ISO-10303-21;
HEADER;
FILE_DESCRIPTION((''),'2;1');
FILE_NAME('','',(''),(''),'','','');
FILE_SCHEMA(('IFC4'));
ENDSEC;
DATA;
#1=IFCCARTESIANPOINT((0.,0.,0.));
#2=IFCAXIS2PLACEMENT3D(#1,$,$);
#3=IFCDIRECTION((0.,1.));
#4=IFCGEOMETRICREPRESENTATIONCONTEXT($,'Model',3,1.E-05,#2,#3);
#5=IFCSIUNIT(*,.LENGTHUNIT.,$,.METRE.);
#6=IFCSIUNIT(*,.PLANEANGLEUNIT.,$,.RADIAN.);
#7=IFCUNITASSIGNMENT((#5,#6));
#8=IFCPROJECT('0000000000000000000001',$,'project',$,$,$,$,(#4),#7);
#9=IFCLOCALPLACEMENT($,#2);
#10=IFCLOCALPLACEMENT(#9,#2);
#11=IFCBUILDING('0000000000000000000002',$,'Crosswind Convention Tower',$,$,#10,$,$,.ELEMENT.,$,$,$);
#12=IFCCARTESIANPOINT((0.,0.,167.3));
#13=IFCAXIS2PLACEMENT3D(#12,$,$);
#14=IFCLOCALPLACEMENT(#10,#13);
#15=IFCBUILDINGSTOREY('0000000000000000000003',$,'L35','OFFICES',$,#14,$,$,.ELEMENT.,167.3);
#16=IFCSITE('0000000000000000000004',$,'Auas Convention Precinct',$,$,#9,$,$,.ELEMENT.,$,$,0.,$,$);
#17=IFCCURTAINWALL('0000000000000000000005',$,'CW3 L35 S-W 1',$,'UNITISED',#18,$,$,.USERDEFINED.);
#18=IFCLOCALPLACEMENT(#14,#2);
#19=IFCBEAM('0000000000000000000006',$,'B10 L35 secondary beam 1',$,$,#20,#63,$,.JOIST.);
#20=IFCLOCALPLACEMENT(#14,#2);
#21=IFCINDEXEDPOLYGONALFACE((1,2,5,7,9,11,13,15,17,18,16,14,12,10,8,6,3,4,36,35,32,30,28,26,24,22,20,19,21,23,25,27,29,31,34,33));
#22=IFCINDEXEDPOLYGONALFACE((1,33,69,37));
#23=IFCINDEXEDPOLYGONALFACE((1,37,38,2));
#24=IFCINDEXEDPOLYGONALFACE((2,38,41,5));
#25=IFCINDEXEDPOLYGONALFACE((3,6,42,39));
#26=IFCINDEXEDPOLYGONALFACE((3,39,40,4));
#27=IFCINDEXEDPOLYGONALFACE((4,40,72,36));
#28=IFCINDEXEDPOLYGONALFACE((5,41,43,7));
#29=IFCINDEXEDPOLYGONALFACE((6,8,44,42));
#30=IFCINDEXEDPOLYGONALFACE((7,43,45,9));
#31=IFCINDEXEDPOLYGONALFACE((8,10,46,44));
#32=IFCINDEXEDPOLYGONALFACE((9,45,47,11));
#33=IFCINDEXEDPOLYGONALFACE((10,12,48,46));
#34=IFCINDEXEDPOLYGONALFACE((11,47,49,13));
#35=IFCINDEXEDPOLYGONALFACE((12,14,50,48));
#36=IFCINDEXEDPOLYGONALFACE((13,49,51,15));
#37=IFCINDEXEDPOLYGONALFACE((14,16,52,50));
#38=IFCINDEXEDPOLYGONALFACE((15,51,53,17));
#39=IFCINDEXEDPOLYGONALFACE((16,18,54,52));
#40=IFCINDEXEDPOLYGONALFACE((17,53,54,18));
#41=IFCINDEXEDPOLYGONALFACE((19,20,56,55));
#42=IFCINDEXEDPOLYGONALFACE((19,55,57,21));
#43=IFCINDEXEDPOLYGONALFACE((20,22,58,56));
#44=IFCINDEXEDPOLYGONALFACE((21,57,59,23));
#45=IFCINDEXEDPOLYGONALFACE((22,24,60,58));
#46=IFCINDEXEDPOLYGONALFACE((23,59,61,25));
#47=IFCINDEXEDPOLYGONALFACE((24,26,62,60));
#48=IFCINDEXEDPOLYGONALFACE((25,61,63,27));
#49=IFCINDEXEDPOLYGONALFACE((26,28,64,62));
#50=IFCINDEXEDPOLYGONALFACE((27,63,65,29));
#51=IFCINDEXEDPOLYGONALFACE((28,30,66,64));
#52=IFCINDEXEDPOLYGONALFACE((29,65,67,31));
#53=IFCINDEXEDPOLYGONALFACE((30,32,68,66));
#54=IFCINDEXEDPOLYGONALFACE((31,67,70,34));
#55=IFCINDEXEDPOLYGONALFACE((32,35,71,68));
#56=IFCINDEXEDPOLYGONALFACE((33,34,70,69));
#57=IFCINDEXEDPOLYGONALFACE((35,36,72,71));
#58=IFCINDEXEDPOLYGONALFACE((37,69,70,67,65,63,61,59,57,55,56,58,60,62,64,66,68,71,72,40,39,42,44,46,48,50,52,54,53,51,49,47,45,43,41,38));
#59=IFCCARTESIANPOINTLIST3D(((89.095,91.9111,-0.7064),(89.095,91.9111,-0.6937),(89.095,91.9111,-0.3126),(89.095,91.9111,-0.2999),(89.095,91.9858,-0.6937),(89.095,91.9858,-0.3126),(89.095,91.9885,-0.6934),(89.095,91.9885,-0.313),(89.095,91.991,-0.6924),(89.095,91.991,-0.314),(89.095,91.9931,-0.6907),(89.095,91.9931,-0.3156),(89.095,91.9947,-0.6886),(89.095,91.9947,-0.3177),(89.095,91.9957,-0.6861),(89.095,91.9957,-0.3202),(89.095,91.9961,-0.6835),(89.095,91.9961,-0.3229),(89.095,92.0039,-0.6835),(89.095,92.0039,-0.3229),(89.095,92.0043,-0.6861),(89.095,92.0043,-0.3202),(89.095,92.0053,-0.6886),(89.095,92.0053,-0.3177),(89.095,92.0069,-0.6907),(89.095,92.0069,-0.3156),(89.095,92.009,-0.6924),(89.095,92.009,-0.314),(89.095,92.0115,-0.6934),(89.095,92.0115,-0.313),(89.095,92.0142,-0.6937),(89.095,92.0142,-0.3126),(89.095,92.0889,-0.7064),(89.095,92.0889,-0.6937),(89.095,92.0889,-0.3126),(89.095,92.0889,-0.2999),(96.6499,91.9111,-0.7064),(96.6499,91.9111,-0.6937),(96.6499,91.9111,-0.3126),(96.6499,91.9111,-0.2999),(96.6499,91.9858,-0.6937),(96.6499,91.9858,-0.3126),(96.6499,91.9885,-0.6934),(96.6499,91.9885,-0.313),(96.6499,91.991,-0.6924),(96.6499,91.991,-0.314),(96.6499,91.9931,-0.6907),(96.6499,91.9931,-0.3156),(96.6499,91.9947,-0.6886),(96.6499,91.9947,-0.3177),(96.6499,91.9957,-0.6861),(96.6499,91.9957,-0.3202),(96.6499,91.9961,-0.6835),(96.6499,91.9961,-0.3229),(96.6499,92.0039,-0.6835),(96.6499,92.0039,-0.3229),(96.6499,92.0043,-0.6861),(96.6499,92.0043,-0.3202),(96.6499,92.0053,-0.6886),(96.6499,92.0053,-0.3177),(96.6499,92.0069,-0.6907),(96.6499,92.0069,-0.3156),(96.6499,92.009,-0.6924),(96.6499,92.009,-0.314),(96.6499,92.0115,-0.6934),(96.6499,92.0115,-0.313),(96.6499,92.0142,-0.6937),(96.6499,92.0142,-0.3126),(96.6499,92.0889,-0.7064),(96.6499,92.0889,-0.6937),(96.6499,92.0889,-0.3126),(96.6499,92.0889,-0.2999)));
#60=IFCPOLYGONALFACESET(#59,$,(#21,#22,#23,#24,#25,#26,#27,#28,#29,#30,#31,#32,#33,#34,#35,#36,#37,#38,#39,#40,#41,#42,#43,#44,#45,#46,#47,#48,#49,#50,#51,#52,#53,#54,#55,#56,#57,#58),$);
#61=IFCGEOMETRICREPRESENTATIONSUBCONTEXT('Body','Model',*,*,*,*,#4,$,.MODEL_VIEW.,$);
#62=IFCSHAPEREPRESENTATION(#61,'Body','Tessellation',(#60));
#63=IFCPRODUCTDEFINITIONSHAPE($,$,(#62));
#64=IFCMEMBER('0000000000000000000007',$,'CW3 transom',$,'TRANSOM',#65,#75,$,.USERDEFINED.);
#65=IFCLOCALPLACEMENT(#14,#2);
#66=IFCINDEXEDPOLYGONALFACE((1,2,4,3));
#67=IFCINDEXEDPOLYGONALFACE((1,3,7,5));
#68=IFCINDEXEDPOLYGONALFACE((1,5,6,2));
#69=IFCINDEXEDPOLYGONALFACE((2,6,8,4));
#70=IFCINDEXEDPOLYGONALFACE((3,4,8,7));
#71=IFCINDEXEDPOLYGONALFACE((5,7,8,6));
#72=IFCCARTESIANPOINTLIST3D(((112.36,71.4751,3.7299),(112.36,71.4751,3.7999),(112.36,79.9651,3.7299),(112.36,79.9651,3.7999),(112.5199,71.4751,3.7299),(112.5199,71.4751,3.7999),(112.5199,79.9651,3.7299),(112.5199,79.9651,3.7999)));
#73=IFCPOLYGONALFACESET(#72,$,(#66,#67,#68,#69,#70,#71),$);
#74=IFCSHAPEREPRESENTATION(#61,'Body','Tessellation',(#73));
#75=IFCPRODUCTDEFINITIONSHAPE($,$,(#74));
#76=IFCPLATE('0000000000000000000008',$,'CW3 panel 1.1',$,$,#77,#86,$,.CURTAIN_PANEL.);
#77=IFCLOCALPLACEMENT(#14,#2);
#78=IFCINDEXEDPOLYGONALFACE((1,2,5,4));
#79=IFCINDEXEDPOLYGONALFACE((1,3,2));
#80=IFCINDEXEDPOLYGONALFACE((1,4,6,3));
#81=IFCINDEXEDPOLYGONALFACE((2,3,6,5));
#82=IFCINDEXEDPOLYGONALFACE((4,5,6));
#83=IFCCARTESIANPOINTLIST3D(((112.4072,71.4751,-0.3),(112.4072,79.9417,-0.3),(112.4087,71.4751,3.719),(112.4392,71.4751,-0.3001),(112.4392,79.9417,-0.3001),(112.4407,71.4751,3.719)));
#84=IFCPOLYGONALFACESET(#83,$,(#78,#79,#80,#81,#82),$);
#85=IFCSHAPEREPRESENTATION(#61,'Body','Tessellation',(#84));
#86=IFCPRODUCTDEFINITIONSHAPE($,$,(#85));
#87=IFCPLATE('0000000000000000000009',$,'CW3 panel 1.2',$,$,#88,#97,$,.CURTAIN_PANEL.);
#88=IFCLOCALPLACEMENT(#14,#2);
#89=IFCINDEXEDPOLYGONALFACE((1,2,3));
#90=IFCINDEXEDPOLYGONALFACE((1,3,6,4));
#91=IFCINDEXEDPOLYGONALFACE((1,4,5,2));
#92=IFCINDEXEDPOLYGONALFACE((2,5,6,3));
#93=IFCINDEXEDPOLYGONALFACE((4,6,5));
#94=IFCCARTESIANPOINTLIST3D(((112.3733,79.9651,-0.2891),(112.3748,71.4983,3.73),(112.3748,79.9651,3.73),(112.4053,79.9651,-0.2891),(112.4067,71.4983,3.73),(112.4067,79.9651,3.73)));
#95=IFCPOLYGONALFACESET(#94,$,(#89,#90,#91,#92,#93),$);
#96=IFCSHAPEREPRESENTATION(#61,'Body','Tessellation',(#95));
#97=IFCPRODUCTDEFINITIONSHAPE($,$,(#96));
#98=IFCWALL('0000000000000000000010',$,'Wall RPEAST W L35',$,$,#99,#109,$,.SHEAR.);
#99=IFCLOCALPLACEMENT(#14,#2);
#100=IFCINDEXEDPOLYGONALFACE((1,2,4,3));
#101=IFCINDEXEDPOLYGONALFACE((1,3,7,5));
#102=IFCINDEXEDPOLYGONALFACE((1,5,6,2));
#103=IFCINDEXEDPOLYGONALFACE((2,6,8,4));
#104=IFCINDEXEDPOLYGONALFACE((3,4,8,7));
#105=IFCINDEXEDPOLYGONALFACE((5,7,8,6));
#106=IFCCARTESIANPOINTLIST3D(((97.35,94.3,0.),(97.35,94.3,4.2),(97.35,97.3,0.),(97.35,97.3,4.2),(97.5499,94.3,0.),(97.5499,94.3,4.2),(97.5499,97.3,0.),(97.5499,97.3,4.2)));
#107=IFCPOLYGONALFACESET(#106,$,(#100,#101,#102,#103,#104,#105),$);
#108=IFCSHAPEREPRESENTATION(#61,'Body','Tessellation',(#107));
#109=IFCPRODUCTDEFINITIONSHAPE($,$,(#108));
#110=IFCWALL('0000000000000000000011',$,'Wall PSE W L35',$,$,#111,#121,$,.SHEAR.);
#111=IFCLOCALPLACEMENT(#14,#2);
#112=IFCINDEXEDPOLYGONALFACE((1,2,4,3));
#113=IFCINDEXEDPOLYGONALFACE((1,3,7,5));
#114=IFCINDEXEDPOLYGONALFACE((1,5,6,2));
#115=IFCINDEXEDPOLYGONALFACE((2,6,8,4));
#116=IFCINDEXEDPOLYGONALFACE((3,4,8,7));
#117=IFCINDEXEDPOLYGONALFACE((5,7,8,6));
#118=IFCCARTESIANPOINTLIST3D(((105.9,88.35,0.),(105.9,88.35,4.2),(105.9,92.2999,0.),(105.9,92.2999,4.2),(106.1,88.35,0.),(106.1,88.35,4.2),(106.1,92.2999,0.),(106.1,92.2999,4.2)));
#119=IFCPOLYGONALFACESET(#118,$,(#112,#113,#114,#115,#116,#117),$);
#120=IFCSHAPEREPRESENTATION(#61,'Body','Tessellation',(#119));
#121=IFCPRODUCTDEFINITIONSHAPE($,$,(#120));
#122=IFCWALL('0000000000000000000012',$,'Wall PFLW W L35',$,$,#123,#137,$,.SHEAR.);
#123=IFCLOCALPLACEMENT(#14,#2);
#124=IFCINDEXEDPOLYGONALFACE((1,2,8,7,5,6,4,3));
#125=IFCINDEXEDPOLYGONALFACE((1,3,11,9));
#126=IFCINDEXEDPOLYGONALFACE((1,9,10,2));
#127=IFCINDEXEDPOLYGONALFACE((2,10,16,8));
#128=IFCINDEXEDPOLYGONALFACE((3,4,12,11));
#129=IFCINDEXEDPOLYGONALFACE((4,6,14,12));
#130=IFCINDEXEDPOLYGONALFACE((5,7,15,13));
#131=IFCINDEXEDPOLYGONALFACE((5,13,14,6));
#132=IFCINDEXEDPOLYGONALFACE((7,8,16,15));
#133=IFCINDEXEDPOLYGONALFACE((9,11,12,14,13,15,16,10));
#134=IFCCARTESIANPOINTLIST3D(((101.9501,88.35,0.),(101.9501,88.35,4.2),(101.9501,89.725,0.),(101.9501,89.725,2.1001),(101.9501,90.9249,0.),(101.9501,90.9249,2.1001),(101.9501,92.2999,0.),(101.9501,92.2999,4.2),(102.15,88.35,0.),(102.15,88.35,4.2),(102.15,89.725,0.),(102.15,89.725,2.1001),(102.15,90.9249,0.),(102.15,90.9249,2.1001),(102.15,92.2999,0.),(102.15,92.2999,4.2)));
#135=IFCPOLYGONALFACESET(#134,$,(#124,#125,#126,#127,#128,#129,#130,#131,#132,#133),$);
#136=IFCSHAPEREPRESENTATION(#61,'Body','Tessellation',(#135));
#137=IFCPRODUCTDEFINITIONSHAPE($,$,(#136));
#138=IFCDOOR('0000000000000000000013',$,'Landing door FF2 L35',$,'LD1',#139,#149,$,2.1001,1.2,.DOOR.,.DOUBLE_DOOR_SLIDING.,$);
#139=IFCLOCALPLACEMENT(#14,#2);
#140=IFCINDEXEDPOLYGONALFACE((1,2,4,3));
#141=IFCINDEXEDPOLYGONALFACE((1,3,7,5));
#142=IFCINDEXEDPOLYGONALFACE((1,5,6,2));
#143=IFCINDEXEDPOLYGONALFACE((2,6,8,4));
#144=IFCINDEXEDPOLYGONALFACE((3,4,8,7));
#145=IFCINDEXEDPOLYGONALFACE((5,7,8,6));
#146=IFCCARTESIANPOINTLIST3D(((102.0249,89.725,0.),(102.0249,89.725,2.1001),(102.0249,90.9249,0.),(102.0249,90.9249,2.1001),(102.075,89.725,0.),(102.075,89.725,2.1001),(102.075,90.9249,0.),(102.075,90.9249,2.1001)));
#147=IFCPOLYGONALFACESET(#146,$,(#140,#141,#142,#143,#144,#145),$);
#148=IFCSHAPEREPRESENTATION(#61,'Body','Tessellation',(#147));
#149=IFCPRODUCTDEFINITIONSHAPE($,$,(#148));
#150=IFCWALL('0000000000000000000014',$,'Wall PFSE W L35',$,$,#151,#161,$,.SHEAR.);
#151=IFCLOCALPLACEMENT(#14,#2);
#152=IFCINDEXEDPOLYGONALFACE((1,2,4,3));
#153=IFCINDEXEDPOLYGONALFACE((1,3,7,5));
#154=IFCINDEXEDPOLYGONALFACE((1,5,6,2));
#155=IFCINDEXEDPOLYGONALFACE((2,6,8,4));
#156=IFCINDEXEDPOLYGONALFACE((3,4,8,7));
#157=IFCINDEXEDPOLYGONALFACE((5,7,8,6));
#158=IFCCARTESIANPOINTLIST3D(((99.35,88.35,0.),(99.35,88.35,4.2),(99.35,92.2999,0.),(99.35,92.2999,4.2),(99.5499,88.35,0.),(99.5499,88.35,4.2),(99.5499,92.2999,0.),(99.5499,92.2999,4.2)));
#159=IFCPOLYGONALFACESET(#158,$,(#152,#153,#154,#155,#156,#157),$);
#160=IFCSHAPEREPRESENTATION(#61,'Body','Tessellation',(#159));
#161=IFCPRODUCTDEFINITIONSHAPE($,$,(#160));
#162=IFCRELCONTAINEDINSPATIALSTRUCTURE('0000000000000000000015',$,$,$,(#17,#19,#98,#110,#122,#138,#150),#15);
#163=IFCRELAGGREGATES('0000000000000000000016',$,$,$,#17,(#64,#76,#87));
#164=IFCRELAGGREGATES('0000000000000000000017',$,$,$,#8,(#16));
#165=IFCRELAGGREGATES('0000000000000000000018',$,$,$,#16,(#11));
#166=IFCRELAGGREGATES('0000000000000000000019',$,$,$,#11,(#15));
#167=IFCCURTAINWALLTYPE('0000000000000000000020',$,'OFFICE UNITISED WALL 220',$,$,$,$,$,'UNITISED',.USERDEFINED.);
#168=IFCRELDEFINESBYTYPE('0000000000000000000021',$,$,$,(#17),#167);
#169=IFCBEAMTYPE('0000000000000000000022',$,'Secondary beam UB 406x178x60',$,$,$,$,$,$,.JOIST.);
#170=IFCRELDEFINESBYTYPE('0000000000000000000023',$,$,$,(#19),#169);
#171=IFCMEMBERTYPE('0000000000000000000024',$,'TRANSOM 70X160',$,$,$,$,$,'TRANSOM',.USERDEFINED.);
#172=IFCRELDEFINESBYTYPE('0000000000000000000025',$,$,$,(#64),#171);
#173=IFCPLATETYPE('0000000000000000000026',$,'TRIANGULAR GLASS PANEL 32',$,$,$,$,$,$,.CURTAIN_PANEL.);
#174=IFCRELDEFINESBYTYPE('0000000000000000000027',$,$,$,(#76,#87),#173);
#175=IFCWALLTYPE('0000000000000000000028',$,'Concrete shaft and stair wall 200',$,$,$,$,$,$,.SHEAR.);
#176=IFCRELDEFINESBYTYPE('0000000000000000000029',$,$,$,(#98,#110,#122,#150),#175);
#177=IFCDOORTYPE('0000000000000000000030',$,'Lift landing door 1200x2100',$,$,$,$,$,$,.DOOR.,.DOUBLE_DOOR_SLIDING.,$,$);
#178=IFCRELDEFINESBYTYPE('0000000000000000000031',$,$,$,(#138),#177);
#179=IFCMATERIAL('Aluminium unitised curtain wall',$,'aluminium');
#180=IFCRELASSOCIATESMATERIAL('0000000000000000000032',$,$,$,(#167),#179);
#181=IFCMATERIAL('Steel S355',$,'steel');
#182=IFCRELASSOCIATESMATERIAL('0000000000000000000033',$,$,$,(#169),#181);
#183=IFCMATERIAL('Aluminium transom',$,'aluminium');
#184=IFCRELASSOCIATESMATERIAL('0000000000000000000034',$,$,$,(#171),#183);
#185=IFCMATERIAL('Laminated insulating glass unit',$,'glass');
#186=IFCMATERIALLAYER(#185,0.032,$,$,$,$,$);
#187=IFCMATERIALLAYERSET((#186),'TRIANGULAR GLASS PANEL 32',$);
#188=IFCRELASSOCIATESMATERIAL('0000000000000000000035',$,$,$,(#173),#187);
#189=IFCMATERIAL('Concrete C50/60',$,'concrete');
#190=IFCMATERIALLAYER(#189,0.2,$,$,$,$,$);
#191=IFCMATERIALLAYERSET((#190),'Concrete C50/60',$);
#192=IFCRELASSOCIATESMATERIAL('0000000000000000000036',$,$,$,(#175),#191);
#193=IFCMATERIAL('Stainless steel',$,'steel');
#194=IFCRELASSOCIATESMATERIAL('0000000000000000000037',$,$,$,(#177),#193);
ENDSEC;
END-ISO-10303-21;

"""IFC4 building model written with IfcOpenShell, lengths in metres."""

from ifc_helpers import new_model, si_unit, direction, frame, frame_2d, origin, origin_2d, place, context, subcontext, project, spatial, polyline, rectangle, i_section, outline, extrude, material, layer, layer_set, material_profile, profile_set, type_object, element, fill, aggregate, save


model = new_model("IFC4")

# Units and contexts
model_context = context("Model", 3, precision=1e-05, world=origin(), true_north=direction((0.0, 1.0)))
body_context = subcontext(model_context, "Body", "Model", "MODEL_VIEW")
ifc_project = project(units=[si_unit("LENGTHUNIT", "METRE"), si_unit("PLANEANGLEUNIT", "RADIAN")], contexts=[model_context])

# Site, building, storey
site_placement = place(None, origin())
site = spatial("IfcSite", under=ifc_project, at=site_placement, Name="Auas Convention Precinct", CompositionType="ELEMENT", RefElevation=0.0)
building_placement = place(site_placement, origin())
building = spatial("IfcBuilding", under=site, at=building_placement, Name="Crosswind Convention Tower", CompositionType="ELEMENT")
storey_placement = place(building_placement, frame((0.0, 0.0, 167.3)))
storey = spatial("IfcBuildingStorey", under=building, at=storey_placement, Name="L35", Description="OFFICES", CompositionType="ELEMENT", Elevation=167.3)

# Shared definitions
ifc_material_1 = material(Name="Steel S355", Category="steel")

# Curtain wall
ifc_material_2 = material(Name="Aluminium unitised curtain wall", Category="aluminium")
curtain_wall_type_1 = type_object("IfcCurtainWallType", Name="OFFICE UNITISED WALL 220", ElementType="UNITISED", PredefinedType="USERDEFINED", material=ifc_material_2)
curtain_wall_1_placement = place(storey_placement, origin())
curtain_wall_1 = element("IfcCurtainWall", 1, at=curtain_wall_1_placement, inside=storey, type_object=curtain_wall_type_1, Name="CW3 L35 S-W 1", ObjectType="UNITISED", PredefinedType="USERDEFINED")

# Beam
ifc_material_profile_1 = material_profile(ifc_material_1, i_section(OverallWidth=0.1777, OverallDepth=0.4065, WebThickness=0.0078, FlangeThickness=0.0127, FilletRadius=0.0103, at=origin_2d()), Name="UB 406x178x60")
ifc_profile_set_1 = profile_set([ifc_material_profile_1], Name="Steel S355")
beam_type_1 = type_object("IfcBeamType", Name="Secondary beam UB 406x178x60", PredefinedType="JOIST", material=ifc_profile_set_1)
beam_1_placement = place(storey_placement, frame((89.095, 92.0, -0.5032), z_axis=(1.0, 0.0, 0.0), x_axis=(0.0, 1.0, 0.0)))
element("IfcBeam", 2, at=beam_1_placement, inside=storey, type_object=beam_type_1, Name="B10 L35 secondary beam 1", PredefinedType="JOIST", context=body_context, shape_type="SweptSolid", body=[
    extrude(i_section(OverallWidth=0.1777, OverallDepth=0.4065, WebThickness=0.0078, FlangeThickness=0.0127, FilletRadius=0.0103, at=origin_2d()), origin(), (0.0, 0.0, 1.0), 7.5549),
])

# Member
ifc_material_3 = material(Name="Aluminium transom", Category="aluminium")
ifc_material_profile_2 = material_profile(ifc_material_3, rectangle(XDim=0.1599, YDim=0.0701, at=origin_2d()), Name="AL 160X70")
ifc_profile_set_2 = profile_set([ifc_material_profile_2], Name="Aluminium transom")
member_type_1 = type_object("IfcMemberType", Name="TRANSOM 70X160", ElementType="TRANSOM", PredefinedType="USERDEFINED", material=ifc_profile_set_2)
member_1_placement = place(storey_placement, frame((112.4399, 79.9651, 3.7649), z_axis=(0.0, -1.0, 0.0), x_axis=(1.0, 0.0, 0.0)))
member_1 = element("IfcMember", 3, at=member_1_placement, type_object=member_type_1, Name="CW3 transom", ObjectType="TRANSOM", PredefinedType="USERDEFINED", context=body_context, shape_type="SweptSolid", body=[
    extrude(rectangle(XDim=0.1599, YDim=0.0701, at=origin_2d()), origin(), (0.0, 0.0, 1.0), 8.49),
])

# Plates
ifc_material_4 = material(Name="Laminated insulating glass unit", Category="glass")
ifc_layer_1 = layer(ifc_material_4, 0.032)
ifc_layer_set_1 = layer_set([ifc_layer_1], Name="TRIANGULAR GLASS PANEL 32")
plate_type = type_object("IfcPlateType", Name="TRIANGULAR GLASS PANEL 32", PredefinedType="CURTAIN_PANEL", material=ifc_layer_set_1)
plate_1_placement = place(storey_placement, frame((112.4072, 71.4751, -0.3), z_axis=(-1.0, 0.0, 0.000364), x_axis=(0.000364, 0.0, 1.0)))
plate_1 = element("IfcPlate", 4, at=plate_1_placement, type_object=plate_type, Name="CW3 panel 1.1", PredefinedType="CURTAIN_PANEL", context=body_context, shape_type="SweptSolid", body=[
    extrude(outline(polyline([(0.0, 0.0), (4.019, 0.0), (0.0, 8.4666), (0.0, 0.0)])), origin(), (0.0, 0.0, -1.0), 0.032),
])
plate_2_placement = place(storey_placement, frame((112.3748, 79.9651, 3.73), z_axis=(-1.0, 0.0, 0.000364), x_axis=(-0.000364, 0.0, -1.0)))
plate_2 = element("IfcPlate", 5, at=plate_2_placement, type_object=plate_type, Name="CW3 panel 1.2", PredefinedType="CURTAIN_PANEL", context=body_context, shape_type="SweptSolid", body=[
    extrude(outline(polyline([(0.0, 0.0), (4.019, 0.0), (0.0, 8.4668), (0.0, 0.0)])), origin(), (0.0, 0.0, -1.0), 0.032),
])

# Walls
ifc_material_5 = material(Name="Concrete C50/60", Category="concrete")
ifc_layer_2 = layer(ifc_material_5, 0.2)
ifc_layer_set_2 = layer_set([ifc_layer_2], Name="Concrete C50/60")
wall_type_1 = type_object("IfcWallType", Name="Concrete shaft and stair wall 200", PredefinedType="SHEAR", material=ifc_layer_set_2)
wall_1_placement = place(storey_placement, frame((97.45, 97.3, 0.0), z_axis=(0.0, 0.0, 1.0), x_axis=(0.0, -1.0, 0.0)))
element("IfcWall", 6, at=wall_1_placement, inside=storey, type_object=wall_type_1, Name="Wall RPEAST W L35", PredefinedType="SHEAR", context=body_context, shape_type="SweptSolid", body=[
    extrude(rectangle(XDim=3.0, YDim=0.2, at=frame_2d((1.5, 0.0))), origin(), (0.0, 0.0, 1.0), 4.2),
])
wall_2_placement = place(storey_placement, frame((106.0, 92.3, 0.0), z_axis=(0.0, 0.0, 1.0), x_axis=(0.0, -1.0, 0.0)))
element("IfcWall", 7, at=wall_2_placement, inside=storey, type_object=wall_type_1, Name="Wall PSE W L35", PredefinedType="SHEAR", context=body_context, shape_type="SweptSolid", body=[
    extrude(rectangle(XDim=3.95, YDim=0.2, at=frame_2d((1.9751, 0.0))), origin(), (0.0, 0.0, 1.0), 4.2),
])

# Wall, opening, door
wall_3_placement = place(storey_placement, frame((102.05, 92.3, 0.0), z_axis=(0.0, 0.0, 1.0), x_axis=(0.0, -1.0, 0.0)))
wall_3 = element("IfcWall", 8, at=wall_3_placement, inside=storey, type_object=wall_type_1, Name="Wall PFLW W L35", PredefinedType="SHEAR", context=body_context, shape_type="SweptSolid", body=[
    extrude(rectangle(XDim=3.95, YDim=0.2, at=frame_2d((1.9751, 0.0))), origin(), (0.0, 0.0, 1.0), 4.2),
])
opening_1_placement = place(wall_3_placement, frame((1.375, 0.0, 0.0)))
opening_1 = element("IfcOpeningElement", 9, at=opening_1_placement, cuts=wall_3, PredefinedType="OPENING", context=body_context, shape_type="SweptSolid", body=[
    extrude(rectangle(XDim=1.2, YDim=2.1001, at=frame_2d((0.6001, 1.05))), frame((0.0, 0.1099, 0.0), z_axis=(0.0, -1.0, 0.0), x_axis=(1.0, 0.0, 0.0)), (0.0, 0.0, 1.0), 0.22),
])
ifc_material_6 = material(Name="Stainless steel", Category="steel")
door_type_1 = type_object("IfcDoorType", Name="Lift landing door 1200x2100", OperationType="DOUBLE_DOOR_SLIDING", PredefinedType="DOOR", material=ifc_material_6)
door_1_placement = place(opening_1_placement, origin())
door_1 = element("IfcDoor", 10, at=door_1_placement, inside=storey, type_object=door_type_1, Name="Landing door FF2 L35", ObjectType="LD1", OperationType="DOUBLE_DOOR_SLIDING", OverallHeight=2.1001, OverallWidth=1.2, PredefinedType="DOOR", context=body_context, shape_type="SweptSolid", body=[
    extrude(rectangle(XDim=1.2, YDim=2.1001, at=frame_2d((0.6001, 1.05))), frame((0.0, 0.0249, 0.0), z_axis=(0.0, -1.0, 0.0), x_axis=(1.0, 0.0, 0.0)), (0.0, 0.0, 1.0), 0.05),
])
fill(opening_1, door_1)

# Wall
wall_4_placement = place(storey_placement, frame((99.45, 92.3, 0.0), z_axis=(0.0, 0.0, 1.0), x_axis=(0.0, -1.0, 0.0)))
element("IfcWall", 11, at=wall_4_placement, inside=storey, type_object=wall_type_1, Name="Wall PFSE W L35", PredefinedType="SHEAR", context=body_context, shape_type="SweptSolid", body=[
    extrude(rectangle(XDim=3.95, YDim=0.2, at=frame_2d((1.9751, 0.0))), origin(), (0.0, 0.0, 1.0), 4.2),
])

aggregate(curtain_wall_1, [member_1, plate_1, plate_2])

save(model, "model.ifc")
